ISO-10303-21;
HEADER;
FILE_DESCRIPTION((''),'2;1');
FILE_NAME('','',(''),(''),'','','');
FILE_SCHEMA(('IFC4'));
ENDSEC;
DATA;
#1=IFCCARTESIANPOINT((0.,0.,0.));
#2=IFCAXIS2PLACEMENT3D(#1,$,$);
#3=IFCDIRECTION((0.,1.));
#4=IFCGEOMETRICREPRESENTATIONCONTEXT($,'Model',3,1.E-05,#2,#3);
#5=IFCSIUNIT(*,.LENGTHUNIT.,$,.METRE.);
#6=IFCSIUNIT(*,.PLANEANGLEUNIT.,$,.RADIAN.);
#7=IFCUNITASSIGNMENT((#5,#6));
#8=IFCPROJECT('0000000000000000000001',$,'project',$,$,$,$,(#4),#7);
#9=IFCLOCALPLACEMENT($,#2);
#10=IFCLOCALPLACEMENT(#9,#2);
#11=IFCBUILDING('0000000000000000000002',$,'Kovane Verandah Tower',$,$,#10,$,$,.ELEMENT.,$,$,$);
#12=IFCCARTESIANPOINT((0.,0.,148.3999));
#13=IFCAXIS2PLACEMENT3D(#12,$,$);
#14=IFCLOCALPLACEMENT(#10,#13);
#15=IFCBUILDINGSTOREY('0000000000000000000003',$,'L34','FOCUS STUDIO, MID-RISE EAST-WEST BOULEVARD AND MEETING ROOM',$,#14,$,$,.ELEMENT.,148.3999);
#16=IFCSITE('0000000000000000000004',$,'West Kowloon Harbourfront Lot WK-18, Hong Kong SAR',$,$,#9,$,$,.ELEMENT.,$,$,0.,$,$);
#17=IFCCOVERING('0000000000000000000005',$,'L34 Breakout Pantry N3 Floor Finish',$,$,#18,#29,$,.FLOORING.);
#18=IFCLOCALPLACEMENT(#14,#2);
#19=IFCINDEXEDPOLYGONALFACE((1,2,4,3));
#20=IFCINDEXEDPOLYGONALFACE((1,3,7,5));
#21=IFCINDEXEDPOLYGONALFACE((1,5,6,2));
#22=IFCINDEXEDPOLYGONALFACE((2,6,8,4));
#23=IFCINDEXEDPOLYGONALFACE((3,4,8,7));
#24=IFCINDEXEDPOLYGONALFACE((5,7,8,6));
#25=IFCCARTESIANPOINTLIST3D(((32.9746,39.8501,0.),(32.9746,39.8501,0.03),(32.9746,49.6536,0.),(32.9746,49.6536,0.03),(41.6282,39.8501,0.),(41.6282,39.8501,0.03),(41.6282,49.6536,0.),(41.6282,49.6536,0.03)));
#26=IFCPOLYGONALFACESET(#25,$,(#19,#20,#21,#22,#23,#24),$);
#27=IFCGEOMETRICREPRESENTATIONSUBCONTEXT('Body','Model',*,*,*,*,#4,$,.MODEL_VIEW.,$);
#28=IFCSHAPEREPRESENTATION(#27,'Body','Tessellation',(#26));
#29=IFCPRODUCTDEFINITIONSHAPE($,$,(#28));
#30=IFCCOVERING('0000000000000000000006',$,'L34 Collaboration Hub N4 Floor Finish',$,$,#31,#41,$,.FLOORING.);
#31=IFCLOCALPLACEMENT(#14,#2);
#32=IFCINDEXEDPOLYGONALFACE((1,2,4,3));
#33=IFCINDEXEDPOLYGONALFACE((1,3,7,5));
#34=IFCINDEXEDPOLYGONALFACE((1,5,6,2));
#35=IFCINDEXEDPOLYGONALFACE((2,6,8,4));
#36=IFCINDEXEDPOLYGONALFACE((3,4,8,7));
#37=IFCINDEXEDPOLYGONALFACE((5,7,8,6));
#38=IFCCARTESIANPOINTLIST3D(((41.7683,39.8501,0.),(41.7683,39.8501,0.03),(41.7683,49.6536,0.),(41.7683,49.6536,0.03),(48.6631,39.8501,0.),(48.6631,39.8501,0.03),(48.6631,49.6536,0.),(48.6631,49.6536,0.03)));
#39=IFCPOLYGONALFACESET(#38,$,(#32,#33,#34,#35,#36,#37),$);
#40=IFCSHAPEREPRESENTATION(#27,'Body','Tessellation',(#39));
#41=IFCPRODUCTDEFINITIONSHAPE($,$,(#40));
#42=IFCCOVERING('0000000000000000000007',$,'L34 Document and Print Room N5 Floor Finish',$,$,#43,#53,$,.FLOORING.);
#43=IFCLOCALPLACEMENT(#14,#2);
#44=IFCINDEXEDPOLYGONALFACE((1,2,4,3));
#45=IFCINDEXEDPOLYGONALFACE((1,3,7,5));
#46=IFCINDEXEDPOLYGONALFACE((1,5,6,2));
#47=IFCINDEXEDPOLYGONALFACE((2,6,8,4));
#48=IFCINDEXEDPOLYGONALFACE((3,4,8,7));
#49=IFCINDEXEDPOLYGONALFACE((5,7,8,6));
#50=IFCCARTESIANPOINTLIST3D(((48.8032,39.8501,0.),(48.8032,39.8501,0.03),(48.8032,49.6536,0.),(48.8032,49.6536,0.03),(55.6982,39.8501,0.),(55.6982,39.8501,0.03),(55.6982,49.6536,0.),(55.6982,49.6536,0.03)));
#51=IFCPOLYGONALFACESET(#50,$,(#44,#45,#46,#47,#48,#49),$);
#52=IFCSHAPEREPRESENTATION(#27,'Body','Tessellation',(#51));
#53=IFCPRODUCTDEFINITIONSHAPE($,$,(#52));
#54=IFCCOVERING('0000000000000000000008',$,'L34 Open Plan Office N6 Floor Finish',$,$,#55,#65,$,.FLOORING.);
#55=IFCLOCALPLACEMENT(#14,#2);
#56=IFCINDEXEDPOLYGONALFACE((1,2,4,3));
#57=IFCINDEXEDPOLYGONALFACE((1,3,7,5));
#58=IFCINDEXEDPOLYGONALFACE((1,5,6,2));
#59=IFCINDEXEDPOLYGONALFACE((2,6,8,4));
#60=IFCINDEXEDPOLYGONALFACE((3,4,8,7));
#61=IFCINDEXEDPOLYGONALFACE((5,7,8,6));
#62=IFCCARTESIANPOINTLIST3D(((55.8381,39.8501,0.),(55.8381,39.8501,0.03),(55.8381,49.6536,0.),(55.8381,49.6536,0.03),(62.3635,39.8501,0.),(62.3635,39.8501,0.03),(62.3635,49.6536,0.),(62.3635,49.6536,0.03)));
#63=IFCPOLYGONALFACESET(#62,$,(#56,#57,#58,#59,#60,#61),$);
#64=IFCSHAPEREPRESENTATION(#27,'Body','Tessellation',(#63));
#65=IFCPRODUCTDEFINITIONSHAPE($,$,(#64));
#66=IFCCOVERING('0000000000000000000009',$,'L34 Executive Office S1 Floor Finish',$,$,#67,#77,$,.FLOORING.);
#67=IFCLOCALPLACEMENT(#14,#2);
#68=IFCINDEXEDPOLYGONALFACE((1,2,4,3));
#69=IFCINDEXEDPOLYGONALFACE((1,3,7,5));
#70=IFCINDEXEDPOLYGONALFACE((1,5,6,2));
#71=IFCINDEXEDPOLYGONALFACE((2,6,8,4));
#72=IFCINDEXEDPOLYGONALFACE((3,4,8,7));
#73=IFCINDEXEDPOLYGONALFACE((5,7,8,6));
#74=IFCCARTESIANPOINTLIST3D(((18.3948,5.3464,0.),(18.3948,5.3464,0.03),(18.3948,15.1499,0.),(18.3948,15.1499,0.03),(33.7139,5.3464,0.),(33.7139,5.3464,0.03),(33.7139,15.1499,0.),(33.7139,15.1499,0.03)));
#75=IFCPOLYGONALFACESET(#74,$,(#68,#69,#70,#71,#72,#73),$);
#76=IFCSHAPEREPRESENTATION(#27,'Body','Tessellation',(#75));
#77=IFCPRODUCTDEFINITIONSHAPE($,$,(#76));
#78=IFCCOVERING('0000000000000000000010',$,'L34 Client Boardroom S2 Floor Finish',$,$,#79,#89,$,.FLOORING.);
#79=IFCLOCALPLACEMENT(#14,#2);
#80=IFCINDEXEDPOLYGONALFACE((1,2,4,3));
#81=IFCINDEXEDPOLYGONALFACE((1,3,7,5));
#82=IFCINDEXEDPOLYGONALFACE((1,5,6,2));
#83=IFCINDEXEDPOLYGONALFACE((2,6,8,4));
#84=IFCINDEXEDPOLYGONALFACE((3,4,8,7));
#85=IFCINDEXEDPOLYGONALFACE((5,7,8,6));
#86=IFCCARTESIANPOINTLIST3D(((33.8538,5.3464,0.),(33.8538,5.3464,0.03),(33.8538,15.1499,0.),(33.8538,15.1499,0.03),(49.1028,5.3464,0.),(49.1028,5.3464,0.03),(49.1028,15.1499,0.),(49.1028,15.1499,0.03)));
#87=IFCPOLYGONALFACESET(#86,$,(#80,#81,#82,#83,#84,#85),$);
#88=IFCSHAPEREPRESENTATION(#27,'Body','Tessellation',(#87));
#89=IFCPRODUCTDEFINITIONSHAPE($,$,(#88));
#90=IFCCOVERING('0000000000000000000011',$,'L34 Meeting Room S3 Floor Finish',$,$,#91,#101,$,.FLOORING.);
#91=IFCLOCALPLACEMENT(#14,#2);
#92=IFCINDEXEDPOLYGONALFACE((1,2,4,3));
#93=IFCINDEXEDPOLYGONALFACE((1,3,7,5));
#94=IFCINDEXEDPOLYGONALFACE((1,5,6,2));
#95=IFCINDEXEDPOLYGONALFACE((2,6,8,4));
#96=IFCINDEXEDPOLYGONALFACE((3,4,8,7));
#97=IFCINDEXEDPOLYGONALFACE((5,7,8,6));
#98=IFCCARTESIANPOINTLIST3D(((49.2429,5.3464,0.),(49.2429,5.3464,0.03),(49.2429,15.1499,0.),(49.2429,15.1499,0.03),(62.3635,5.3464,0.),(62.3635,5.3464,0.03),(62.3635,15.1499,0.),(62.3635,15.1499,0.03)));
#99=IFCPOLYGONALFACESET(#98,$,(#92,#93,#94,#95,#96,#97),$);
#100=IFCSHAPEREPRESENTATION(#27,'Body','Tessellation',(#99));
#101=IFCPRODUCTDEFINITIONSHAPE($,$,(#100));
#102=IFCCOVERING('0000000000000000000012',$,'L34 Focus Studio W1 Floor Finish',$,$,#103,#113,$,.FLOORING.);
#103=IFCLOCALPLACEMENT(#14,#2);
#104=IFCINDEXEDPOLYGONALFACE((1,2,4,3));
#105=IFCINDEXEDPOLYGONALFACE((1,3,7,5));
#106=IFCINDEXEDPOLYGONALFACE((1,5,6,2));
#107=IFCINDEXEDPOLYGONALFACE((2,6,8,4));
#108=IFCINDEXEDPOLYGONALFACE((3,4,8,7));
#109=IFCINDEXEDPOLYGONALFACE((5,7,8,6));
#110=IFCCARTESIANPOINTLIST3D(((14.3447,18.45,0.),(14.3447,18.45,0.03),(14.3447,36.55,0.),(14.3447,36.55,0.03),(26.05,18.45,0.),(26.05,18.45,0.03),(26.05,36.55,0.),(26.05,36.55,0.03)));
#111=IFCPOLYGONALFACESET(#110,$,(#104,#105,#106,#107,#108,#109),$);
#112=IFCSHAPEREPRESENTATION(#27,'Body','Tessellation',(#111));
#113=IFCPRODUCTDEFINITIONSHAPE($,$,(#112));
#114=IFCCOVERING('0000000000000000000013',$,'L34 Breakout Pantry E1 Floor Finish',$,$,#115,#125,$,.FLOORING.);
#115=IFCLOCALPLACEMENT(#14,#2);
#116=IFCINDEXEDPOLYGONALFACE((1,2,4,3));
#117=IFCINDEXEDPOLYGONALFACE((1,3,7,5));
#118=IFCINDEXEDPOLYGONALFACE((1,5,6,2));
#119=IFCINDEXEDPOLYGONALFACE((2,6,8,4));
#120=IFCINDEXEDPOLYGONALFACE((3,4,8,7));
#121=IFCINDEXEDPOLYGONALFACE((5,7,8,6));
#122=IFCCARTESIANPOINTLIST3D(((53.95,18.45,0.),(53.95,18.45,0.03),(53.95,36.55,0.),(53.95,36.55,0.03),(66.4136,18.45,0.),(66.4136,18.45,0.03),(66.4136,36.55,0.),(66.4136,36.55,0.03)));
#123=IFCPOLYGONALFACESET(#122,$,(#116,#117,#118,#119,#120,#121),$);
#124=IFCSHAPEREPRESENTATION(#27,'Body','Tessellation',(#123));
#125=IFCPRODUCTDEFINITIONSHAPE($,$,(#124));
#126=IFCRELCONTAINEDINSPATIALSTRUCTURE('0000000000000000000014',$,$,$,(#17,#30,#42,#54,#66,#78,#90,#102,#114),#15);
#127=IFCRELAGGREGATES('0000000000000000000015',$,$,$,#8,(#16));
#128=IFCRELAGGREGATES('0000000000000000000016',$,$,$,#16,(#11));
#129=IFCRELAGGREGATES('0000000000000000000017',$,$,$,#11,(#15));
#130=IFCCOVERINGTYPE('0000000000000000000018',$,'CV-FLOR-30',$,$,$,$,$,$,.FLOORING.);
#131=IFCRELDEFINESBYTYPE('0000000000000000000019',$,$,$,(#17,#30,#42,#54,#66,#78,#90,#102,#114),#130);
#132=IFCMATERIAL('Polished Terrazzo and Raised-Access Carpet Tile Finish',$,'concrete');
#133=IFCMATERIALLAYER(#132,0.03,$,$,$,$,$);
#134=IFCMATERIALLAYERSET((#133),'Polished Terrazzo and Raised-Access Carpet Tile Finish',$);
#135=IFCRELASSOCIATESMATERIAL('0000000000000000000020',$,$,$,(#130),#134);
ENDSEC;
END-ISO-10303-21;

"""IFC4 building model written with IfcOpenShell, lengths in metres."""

from ifc_helpers import new_model, si_unit, direction, frame, origin, place, context, subcontext, project, spatial, polyline, outline, extrude, material, layer, layer_set, type_object, element, save


model = new_model("IFC4")

# Units and contexts
model_context = context("Model", 3, precision=1e-05, world=origin(), true_north=direction((0.0, 1.0)))
body_context = subcontext(model_context, "Body", "Model", "MODEL_VIEW")
ifc_project = project(units=[si_unit("LENGTHUNIT", "METRE"), si_unit("PLANEANGLEUNIT", "RADIAN")], contexts=[model_context])

# Site, building, storey
site_placement = place(None, origin())
site = spatial("IfcSite", under=ifc_project, at=site_placement, Name="West Kowloon Harbourfront Lot WK-18, Hong Kong SAR", CompositionType="ELEMENT", RefElevation=0.0)
building_placement = place(site_placement, origin())
building = spatial("IfcBuilding", under=site, at=building_placement, Name="Kovane Verandah Tower", CompositionType="ELEMENT")
storey_placement = place(building_placement, frame((0.0, 0.0, 148.3999)))
storey = spatial("IfcBuildingStorey", under=building, at=storey_placement, Name="L34", Description="FOCUS STUDIO, MID-RISE EAST-WEST BOULEVARD AND MEETING ROOM", CompositionType="ELEMENT", Elevation=148.3999)

# Coverings
ifc_material_1 = material(Name="Polished Terrazzo and Raised-Access Carpet Tile Finish", Category="concrete")
ifc_layer_1 = layer(ifc_material_1, 0.03)
ifc_layer_set_1 = layer_set([ifc_layer_1], Name="Polished Terrazzo and Raised-Access Carpet Tile Finish")
covering_type_1 = type_object("IfcCoveringType", Name="CV-FLOR-30", PredefinedType="FLOORING", material=ifc_layer_set_1)
covering_1_placement = place(storey_placement, origin())
element("IfcCovering", 1, at=covering_1_placement, inside=storey, type_object=covering_type_1, Name="L34 Breakout Pantry N3 Floor Finish", PredefinedType="FLOORING", context=body_context, shape_type="SweptSolid", body=[
    extrude(outline(polyline([(32.9746, 39.8501), (41.6282, 39.8501), (41.6282, 49.6536), (32.9746, 49.6536), (32.9746, 39.8501)])), origin(), (0.0, 0.0, 1.0), 0.03),
])
covering_2_placement = place(storey_placement, origin())
element("IfcCovering", 2, at=covering_2_placement, inside=storey, type_object=covering_type_1, Name="L34 Collaboration Hub N4 Floor Finish", PredefinedType="FLOORING", context=body_context, shape_type="SweptSolid", body=[
    extrude(outline(polyline([(41.7683, 39.8501), (48.6631, 39.8501), (48.6631, 49.6536), (41.7683, 49.6536), (41.7683, 39.8501)])), origin(), (0.0, 0.0, 1.0), 0.03),
])
covering_3_placement = place(storey_placement, origin())
element("IfcCovering", 3, at=covering_3_placement, inside=storey, type_object=covering_type_1, Name="L34 Document and Print Room N5 Floor Finish", PredefinedType="FLOORING", context=body_context, shape_type="SweptSolid", body=[
    extrude(outline(polyline([(48.8032, 39.8501), (55.6982, 39.8501), (55.6982, 49.6536), (48.8032, 49.6536), (48.8032, 39.8501)])), origin(), (0.0, 0.0, 1.0), 0.03),
])
covering_4_placement = place(storey_placement, origin())
element("IfcCovering", 4, at=covering_4_placement, inside=storey, type_object=covering_type_1, Name="L34 Open Plan Office N6 Floor Finish", PredefinedType="FLOORING", context=body_context, shape_type="SweptSolid", body=[
    extrude(outline(polyline([(55.8381, 39.8501), (62.3635, 39.8501), (62.3635, 49.6536), (55.8381, 49.6536), (55.8381, 39.8501)])), origin(), (0.0, 0.0, 1.0), 0.03),
])
covering_5_placement = place(storey_placement, origin())
element("IfcCovering", 5, at=covering_5_placement, inside=storey, type_object=covering_type_1, Name="L34 Executive Office S1 Floor Finish", PredefinedType="FLOORING", context=body_context, shape_type="SweptSolid", body=[
    extrude(outline(polyline([(18.3948, 5.3464), (33.7139, 5.3464), (33.7139, 15.1499), (18.3948, 15.1499), (18.3948, 5.3464)])), origin(), (0.0, 0.0, 1.0), 0.03),
])
covering_6_placement = place(storey_placement, origin())
element("IfcCovering", 6, at=covering_6_placement, inside=storey, type_object=covering_type_1, Name="L34 Client Boardroom S2 Floor Finish", PredefinedType="FLOORING", context=body_context, shape_type="SweptSolid", body=[
    extrude(outline(polyline([(33.8538, 5.3464), (49.1028, 5.3464), (49.1028, 15.1499), (33.8538, 15.1499), (33.8538, 5.3464)])), origin(), (0.0, 0.0, 1.0), 0.03),
])
covering_7_placement = place(storey_placement, origin())
element("IfcCovering", 7, at=covering_7_placement, inside=storey, type_object=covering_type_1, Name="L34 Meeting Room S3 Floor Finish", PredefinedType="FLOORING", context=body_context, shape_type="SweptSolid", body=[
    extrude(outline(polyline([(49.2429, 5.3464), (62.3635, 5.3464), (62.3635, 15.1499), (49.2429, 15.1499), (49.2429, 5.3464)])), origin(), (0.0, 0.0, 1.0), 0.03),
])
covering_8_placement = place(storey_placement, origin())
element("IfcCovering", 8, at=covering_8_placement, inside=storey, type_object=covering_type_1, Name="L34 Focus Studio W1 Floor Finish", PredefinedType="FLOORING", context=body_context, shape_type="SweptSolid", body=[
    extrude(outline(polyline([(14.3447, 18.45), (26.05, 18.45), (26.05, 36.55), (14.3447, 36.55), (14.3447, 18.45)])), origin(), (0.0, 0.0, 1.0), 0.03),
])
covering_9_placement = place(storey_placement, origin())
element("IfcCovering", 9, at=covering_9_placement, inside=storey, type_object=covering_type_1, Name="L34 Breakout Pantry E1 Floor Finish", PredefinedType="FLOORING", context=body_context, shape_type="SweptSolid", body=[
    extrude(outline(polyline([(53.95, 18.45), (66.4136, 18.45), (66.4136, 36.55), (53.95, 36.55), (53.95, 18.45)])), origin(), (0.0, 0.0, 1.0), 0.03),
])

save(model, "model.ifc")
